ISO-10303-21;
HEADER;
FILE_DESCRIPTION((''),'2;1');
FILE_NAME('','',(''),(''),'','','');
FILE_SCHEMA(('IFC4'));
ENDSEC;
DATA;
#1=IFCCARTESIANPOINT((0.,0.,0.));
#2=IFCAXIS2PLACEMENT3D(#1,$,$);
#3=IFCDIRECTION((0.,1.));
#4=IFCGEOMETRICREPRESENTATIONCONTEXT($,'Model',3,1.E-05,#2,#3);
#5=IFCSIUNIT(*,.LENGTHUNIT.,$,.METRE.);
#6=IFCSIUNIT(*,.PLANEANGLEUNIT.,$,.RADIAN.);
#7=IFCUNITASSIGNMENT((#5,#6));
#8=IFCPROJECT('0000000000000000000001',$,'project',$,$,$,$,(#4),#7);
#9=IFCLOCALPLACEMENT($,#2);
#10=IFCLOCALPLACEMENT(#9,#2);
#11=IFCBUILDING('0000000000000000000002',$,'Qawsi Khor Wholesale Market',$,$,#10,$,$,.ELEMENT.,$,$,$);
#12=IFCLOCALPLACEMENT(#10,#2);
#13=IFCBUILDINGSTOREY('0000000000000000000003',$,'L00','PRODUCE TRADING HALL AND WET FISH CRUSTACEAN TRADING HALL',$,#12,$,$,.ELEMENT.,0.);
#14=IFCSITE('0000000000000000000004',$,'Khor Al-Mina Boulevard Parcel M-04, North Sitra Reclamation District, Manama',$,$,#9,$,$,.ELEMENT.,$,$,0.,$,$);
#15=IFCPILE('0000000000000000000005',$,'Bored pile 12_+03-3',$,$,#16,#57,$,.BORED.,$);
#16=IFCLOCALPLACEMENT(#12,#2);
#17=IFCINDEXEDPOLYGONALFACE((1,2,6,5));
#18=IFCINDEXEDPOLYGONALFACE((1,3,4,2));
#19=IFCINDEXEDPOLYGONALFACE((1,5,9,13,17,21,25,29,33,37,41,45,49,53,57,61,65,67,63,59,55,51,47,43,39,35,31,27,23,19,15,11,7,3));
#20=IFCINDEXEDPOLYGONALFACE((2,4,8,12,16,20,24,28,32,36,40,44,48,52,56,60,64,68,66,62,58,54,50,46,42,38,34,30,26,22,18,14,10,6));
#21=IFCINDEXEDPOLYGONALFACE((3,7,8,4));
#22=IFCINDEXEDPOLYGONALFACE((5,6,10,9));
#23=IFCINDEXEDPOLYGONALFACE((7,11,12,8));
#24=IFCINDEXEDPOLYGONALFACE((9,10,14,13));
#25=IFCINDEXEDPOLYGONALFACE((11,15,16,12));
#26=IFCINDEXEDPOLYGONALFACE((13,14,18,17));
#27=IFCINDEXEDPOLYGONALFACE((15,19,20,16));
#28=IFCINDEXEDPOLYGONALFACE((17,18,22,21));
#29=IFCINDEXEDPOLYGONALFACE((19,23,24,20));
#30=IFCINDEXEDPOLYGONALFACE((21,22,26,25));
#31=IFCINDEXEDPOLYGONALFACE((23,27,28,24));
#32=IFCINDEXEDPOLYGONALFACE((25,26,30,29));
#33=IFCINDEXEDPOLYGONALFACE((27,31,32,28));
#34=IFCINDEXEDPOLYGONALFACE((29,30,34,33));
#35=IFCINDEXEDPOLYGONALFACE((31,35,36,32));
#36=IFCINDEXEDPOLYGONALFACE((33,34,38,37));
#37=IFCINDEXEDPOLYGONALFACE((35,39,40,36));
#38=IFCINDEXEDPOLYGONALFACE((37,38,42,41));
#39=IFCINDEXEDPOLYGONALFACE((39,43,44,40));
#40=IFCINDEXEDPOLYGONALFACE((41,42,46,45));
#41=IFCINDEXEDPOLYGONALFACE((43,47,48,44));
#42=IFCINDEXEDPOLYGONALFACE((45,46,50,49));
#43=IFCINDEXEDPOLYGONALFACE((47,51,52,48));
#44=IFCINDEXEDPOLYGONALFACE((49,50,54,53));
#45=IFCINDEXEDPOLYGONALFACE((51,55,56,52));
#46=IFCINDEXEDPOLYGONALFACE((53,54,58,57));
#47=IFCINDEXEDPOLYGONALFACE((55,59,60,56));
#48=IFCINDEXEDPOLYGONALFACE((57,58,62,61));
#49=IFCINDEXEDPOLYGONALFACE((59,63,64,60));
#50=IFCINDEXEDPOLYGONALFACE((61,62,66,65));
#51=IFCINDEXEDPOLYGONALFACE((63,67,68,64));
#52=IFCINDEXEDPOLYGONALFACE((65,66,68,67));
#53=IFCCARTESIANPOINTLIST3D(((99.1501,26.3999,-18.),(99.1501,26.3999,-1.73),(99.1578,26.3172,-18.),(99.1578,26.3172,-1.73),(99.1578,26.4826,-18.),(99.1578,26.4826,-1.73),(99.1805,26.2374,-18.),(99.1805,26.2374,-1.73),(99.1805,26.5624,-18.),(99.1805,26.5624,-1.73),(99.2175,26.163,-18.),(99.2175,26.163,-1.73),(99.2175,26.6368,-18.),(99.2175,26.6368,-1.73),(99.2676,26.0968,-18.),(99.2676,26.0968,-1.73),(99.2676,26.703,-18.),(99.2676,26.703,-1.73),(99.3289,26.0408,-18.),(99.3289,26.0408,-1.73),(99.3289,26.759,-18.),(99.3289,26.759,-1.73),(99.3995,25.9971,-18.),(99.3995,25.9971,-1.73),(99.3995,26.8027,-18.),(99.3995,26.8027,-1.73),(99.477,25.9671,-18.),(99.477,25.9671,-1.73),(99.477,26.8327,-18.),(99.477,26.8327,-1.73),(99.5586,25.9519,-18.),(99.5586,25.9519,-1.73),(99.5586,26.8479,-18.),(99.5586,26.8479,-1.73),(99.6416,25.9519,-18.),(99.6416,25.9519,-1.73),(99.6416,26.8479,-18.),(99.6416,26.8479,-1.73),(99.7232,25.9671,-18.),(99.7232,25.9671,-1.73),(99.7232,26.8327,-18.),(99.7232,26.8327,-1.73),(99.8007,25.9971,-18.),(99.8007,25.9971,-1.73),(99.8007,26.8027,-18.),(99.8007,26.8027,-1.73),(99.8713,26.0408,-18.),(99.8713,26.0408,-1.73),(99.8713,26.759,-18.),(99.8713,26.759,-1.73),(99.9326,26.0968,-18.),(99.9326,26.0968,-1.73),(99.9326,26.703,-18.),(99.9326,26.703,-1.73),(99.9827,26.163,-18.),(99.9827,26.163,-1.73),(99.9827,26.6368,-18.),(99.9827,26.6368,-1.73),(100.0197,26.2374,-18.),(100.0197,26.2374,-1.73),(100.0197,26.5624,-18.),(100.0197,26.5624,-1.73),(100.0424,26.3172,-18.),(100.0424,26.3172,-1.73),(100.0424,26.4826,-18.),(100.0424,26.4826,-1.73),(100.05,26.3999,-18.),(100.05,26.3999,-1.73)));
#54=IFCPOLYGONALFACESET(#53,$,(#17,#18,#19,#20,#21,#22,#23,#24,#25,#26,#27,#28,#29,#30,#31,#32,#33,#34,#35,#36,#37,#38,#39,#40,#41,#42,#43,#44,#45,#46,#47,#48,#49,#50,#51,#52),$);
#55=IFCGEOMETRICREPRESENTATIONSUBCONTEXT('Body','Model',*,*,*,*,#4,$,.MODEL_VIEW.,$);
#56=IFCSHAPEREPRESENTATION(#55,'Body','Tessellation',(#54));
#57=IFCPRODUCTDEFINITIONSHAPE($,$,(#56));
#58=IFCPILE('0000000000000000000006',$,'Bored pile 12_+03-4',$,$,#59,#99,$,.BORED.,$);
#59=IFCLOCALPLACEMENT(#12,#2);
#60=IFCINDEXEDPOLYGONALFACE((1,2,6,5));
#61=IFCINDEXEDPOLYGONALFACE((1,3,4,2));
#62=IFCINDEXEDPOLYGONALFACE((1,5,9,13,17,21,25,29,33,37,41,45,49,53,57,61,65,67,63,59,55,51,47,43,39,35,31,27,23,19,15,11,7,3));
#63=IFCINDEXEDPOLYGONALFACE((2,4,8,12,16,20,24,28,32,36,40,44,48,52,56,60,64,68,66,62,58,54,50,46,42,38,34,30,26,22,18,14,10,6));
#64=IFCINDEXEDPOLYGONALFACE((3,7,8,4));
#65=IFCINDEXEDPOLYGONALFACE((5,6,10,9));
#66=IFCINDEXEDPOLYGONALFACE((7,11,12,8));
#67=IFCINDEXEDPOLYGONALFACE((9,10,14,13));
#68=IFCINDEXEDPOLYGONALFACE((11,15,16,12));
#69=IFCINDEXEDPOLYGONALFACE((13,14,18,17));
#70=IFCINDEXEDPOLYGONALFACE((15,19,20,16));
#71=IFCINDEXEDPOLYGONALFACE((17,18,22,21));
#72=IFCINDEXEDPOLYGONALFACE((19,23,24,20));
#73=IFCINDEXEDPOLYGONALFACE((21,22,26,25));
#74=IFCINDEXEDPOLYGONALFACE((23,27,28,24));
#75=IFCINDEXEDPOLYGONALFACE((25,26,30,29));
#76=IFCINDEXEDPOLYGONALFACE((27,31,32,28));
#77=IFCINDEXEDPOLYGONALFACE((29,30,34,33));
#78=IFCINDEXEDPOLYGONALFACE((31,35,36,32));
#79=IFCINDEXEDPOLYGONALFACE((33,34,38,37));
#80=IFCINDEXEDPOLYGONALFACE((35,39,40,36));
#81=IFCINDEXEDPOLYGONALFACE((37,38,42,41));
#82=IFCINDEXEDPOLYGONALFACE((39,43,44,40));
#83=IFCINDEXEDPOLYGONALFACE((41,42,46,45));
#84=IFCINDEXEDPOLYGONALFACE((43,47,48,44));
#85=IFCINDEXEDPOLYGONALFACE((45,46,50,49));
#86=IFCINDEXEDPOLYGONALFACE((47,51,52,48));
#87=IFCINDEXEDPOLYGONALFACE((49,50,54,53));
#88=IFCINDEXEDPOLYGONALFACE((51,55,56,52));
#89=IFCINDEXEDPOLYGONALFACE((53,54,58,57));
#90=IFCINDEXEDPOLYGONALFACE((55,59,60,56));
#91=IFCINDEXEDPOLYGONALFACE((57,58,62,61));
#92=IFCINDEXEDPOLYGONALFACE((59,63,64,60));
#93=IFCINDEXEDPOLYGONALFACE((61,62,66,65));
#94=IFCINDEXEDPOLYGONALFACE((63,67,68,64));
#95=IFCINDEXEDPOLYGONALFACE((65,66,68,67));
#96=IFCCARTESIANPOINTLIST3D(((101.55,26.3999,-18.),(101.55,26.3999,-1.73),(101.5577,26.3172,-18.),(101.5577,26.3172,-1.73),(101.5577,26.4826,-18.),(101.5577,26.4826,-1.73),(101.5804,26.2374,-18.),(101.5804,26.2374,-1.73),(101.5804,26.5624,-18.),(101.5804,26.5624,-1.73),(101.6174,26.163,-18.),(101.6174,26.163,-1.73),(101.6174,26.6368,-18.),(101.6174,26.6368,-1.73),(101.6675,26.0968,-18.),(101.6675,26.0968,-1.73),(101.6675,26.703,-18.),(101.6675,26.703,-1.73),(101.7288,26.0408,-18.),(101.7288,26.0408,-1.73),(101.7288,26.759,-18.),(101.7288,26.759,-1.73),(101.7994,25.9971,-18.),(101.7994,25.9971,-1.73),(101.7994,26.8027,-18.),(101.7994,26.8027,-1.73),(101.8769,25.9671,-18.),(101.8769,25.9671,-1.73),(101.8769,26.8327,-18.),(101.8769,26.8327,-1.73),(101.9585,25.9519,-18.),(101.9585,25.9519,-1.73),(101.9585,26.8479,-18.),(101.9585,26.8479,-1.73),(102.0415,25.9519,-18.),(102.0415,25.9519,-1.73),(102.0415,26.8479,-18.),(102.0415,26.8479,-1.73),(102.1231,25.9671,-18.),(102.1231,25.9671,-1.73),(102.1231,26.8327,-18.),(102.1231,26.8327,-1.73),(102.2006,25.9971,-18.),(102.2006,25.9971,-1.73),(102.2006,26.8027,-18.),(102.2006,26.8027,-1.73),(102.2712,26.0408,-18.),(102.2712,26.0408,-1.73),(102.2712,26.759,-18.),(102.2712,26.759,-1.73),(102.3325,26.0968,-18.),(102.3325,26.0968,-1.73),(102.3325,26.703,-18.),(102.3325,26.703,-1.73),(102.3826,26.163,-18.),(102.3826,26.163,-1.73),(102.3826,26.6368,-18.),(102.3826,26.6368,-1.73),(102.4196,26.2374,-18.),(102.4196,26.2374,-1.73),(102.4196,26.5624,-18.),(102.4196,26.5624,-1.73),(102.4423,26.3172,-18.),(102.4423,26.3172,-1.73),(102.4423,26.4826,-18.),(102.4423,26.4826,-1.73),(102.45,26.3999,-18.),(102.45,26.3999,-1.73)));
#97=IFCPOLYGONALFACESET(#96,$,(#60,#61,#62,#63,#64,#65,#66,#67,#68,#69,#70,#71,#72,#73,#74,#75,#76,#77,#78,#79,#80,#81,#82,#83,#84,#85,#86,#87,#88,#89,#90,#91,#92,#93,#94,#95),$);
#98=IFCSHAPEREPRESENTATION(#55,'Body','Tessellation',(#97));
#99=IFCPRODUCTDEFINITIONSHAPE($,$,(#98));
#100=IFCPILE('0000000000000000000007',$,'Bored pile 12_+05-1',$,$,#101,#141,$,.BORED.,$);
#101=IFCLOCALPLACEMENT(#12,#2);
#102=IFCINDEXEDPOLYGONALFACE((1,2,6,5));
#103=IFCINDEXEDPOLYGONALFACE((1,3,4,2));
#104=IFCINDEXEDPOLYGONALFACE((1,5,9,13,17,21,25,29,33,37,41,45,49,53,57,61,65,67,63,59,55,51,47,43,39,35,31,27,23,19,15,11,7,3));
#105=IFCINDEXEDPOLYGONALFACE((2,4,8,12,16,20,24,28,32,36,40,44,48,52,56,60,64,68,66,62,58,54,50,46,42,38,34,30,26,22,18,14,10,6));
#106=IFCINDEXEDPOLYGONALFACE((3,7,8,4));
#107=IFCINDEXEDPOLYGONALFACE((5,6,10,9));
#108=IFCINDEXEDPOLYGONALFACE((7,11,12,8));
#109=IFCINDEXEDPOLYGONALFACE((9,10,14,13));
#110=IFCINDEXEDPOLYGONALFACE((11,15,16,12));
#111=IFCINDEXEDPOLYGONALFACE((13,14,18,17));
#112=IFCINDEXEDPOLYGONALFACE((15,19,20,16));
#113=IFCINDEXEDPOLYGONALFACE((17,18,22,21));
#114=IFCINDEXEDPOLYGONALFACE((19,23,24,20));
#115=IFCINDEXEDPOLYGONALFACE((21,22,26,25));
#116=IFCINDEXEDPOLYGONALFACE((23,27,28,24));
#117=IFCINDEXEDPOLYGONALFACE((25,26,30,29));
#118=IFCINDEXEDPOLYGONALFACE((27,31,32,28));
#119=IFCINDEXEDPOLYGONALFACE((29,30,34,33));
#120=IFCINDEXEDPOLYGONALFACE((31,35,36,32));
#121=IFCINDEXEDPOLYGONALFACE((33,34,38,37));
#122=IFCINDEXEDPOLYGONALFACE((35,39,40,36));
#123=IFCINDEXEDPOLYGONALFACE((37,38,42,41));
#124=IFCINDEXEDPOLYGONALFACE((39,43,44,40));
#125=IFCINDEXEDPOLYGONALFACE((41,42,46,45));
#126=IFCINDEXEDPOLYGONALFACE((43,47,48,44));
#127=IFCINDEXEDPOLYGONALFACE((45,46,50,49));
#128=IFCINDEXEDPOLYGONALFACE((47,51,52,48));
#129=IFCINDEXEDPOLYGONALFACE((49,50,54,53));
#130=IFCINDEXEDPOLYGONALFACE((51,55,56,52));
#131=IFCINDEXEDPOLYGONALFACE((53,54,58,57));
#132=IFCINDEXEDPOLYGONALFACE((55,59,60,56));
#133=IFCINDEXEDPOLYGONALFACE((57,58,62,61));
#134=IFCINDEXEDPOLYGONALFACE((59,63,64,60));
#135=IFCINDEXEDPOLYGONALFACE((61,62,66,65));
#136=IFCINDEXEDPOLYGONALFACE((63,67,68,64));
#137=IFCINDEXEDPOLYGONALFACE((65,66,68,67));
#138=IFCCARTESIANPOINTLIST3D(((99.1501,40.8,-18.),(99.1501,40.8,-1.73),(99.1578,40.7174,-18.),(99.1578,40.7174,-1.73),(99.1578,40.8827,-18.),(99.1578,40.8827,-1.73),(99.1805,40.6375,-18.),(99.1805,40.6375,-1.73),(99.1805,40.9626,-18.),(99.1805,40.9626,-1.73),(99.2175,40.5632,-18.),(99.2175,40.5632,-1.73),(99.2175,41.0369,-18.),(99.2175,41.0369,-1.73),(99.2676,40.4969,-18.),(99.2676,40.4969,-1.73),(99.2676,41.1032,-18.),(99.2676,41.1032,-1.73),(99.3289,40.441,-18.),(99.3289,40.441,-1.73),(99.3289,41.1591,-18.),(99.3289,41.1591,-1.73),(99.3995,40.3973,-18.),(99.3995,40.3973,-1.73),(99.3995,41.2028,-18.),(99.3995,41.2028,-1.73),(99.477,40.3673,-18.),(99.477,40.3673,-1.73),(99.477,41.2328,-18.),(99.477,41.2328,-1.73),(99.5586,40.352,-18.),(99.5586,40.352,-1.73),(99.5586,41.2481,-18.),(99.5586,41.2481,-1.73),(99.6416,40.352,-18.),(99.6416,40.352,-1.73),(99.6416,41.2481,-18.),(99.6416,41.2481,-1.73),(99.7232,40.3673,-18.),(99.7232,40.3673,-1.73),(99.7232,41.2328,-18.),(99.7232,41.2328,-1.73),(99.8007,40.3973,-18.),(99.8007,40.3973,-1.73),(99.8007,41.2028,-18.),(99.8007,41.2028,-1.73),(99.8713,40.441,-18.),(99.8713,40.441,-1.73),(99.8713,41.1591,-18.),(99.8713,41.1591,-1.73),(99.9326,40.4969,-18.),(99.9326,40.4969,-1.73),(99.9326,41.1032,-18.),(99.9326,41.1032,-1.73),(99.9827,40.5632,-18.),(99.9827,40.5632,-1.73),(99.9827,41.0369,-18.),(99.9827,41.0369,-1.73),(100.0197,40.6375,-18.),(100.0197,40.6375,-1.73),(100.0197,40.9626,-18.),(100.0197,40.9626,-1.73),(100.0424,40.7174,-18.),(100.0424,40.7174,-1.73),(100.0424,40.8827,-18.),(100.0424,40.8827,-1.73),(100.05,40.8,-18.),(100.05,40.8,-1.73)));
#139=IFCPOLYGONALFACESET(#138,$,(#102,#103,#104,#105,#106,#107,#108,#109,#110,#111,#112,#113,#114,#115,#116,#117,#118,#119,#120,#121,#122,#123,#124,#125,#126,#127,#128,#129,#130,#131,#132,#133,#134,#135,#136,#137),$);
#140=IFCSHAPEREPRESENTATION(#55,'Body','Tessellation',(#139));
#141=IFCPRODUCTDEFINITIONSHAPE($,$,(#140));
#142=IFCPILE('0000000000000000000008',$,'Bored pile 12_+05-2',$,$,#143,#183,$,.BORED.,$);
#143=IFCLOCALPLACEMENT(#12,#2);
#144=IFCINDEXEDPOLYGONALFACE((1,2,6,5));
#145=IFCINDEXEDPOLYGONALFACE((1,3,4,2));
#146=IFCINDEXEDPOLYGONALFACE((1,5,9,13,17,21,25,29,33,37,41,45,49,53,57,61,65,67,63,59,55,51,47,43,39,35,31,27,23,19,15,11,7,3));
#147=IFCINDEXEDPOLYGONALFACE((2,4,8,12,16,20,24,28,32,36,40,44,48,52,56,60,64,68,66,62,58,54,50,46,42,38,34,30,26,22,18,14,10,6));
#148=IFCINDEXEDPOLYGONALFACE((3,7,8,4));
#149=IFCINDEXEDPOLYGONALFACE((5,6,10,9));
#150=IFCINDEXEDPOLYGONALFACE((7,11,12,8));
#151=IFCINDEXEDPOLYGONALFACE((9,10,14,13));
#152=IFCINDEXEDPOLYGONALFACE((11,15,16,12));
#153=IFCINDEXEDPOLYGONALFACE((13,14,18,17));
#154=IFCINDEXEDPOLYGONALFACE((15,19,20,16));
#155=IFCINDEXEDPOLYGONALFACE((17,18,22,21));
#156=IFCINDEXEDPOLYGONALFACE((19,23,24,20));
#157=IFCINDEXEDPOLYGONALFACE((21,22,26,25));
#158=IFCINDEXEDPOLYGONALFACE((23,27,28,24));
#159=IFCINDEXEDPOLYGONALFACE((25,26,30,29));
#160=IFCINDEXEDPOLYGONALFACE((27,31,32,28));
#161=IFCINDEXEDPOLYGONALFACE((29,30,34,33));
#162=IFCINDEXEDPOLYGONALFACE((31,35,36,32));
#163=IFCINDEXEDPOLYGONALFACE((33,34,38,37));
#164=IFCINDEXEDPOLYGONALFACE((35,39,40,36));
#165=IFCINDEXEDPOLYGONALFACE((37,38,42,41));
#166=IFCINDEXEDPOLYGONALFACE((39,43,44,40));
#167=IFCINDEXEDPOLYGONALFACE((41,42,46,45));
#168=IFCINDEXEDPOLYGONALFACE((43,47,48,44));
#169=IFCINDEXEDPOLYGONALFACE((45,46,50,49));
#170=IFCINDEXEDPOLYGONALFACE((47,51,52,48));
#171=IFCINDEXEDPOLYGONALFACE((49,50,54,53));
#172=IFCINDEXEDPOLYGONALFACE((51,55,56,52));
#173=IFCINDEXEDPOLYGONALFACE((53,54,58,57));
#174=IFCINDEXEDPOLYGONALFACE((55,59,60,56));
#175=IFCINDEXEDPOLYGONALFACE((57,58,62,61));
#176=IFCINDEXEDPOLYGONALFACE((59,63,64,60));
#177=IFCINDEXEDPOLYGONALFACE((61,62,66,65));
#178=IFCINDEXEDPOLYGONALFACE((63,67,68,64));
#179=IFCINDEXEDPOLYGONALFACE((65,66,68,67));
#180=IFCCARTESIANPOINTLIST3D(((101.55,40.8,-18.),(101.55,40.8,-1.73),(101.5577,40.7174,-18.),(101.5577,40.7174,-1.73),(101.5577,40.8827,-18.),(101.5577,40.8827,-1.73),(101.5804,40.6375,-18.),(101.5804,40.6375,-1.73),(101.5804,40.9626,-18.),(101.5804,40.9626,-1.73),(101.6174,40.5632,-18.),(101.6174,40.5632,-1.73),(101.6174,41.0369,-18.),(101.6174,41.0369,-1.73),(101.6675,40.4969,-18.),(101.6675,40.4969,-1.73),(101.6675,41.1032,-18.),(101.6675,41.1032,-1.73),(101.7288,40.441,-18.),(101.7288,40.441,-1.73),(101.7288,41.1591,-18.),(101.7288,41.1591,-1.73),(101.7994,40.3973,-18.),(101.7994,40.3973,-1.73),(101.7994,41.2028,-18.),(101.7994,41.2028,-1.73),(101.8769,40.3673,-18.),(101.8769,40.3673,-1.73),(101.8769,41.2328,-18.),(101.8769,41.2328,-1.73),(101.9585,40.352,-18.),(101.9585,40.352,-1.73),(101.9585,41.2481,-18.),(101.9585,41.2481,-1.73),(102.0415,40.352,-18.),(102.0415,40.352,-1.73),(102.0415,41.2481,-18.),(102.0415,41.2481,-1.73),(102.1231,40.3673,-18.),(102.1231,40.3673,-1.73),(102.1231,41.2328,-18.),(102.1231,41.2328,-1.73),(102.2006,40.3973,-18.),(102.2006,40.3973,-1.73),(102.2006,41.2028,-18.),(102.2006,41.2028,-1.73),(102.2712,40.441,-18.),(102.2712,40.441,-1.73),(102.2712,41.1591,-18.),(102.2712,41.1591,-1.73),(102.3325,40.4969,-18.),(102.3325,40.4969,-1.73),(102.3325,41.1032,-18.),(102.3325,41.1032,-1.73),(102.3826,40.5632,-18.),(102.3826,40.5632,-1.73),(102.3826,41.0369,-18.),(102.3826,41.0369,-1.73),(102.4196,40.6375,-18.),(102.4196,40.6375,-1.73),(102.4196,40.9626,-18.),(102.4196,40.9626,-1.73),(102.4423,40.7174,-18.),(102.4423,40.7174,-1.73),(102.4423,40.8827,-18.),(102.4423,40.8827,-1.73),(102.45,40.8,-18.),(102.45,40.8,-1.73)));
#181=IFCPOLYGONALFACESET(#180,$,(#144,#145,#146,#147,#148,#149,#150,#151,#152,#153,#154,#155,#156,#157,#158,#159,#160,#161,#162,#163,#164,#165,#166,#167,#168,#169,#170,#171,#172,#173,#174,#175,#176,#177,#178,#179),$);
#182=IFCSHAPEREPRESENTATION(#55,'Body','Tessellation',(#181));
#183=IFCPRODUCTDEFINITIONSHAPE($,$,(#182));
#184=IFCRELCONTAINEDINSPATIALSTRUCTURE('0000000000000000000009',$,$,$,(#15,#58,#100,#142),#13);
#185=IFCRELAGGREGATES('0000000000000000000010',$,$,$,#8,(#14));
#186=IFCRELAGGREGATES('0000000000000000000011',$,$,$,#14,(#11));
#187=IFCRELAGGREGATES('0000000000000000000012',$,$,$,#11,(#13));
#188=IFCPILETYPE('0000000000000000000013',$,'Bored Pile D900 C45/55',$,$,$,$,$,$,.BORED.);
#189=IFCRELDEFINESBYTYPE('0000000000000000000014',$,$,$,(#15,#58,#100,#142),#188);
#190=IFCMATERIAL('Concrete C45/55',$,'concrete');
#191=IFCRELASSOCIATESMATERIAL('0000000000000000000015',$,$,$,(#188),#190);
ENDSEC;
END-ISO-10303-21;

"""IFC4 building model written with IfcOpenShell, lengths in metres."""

from ifc_helpers import new_model, si_unit, direction, frame, origin, origin_2d, place, context, subcontext, project, spatial, circle, extrude, material, material_profile, profile_set, type_object, element, save


model = new_model("IFC4")

# Units and contexts
model_context = context("Model", 3, precision=1e-05, world=origin(), true_north=direction((0.0, 1.0)))
body_context = subcontext(model_context, "Body", "Model", "MODEL_VIEW")
ifc_project = project(units=[si_unit("LENGTHUNIT", "METRE"), si_unit("PLANEANGLEUNIT", "RADIAN")], contexts=[model_context])

# Site, building, storey
site_placement = place(None, origin())
site = spatial("IfcSite", under=ifc_project, at=site_placement, Name="Khor Al-Mina Boulevard Parcel M-04, North Sitra Reclamation District, Manama", CompositionType="ELEMENT", RefElevation=0.0)
building_placement = place(site_placement, origin())
building = spatial("IfcBuilding", under=site, at=building_placement, Name="Qawsi Khor Wholesale Market", CompositionType="ELEMENT")
storey_placement = place(building_placement, origin())
storey = spatial("IfcBuildingStorey", under=building, at=storey_placement, Name="L00", Description="PRODUCE TRADING HALL AND WET FISH CRUSTACEAN TRADING HALL", CompositionType="ELEMENT", Elevation=0.0)

# Piles
ifc_material_1 = material(Name="Concrete C45/55", Category="concrete")
ifc_material_profile_1 = material_profile(ifc_material_1, circle(Radius=0.45, at=origin_2d()), Name="PILE D900")
ifc_profile_set_1 = profile_set([ifc_material_profile_1], Name="Concrete C45/55")
pile_type_1 = type_object("IfcPileType", Name="Bored Pile D900 C45/55", PredefinedType="BORED", material=ifc_profile_set_1)
for number, where, z_axis, x_axis, name in (
    (1, (99.6001, 26.3999, -1.73), (0.0, 0.0, -1.0), (1.0, 0.0, 0.0), "Bored pile 12_+03-3"),
    (2, (102.0, 26.3999, -1.73), (0.0, 0.0, -1.0), (1.0, 0.0, 0.0), "Bored pile 12_+03-4"),
    (3, (99.6001, 40.8, -1.73), (0.0, 0.0, -1.0), (1.0, 0.0, 0.0), "Bored pile 12_+05-1"),
    (4, (102.0, 40.8, -1.73), (0.0, 0.0, -1.0), (1.0, 0.0, 0.0), "Bored pile 12_+05-2"),
):
    element("IfcPile", number, at=place(storey_placement, frame(where, z_axis=z_axis, x_axis=x_axis)), inside=storey, type_object=pile_type_1, Name=name, PredefinedType="BORED", context=body_context, shape_type="SweptSolid", body=[
        extrude(circle(Radius=0.45, at=origin_2d()), origin(), (0.0, 0.0, 1.0), 16.27),
    ])

save(model, "model.ifc")
